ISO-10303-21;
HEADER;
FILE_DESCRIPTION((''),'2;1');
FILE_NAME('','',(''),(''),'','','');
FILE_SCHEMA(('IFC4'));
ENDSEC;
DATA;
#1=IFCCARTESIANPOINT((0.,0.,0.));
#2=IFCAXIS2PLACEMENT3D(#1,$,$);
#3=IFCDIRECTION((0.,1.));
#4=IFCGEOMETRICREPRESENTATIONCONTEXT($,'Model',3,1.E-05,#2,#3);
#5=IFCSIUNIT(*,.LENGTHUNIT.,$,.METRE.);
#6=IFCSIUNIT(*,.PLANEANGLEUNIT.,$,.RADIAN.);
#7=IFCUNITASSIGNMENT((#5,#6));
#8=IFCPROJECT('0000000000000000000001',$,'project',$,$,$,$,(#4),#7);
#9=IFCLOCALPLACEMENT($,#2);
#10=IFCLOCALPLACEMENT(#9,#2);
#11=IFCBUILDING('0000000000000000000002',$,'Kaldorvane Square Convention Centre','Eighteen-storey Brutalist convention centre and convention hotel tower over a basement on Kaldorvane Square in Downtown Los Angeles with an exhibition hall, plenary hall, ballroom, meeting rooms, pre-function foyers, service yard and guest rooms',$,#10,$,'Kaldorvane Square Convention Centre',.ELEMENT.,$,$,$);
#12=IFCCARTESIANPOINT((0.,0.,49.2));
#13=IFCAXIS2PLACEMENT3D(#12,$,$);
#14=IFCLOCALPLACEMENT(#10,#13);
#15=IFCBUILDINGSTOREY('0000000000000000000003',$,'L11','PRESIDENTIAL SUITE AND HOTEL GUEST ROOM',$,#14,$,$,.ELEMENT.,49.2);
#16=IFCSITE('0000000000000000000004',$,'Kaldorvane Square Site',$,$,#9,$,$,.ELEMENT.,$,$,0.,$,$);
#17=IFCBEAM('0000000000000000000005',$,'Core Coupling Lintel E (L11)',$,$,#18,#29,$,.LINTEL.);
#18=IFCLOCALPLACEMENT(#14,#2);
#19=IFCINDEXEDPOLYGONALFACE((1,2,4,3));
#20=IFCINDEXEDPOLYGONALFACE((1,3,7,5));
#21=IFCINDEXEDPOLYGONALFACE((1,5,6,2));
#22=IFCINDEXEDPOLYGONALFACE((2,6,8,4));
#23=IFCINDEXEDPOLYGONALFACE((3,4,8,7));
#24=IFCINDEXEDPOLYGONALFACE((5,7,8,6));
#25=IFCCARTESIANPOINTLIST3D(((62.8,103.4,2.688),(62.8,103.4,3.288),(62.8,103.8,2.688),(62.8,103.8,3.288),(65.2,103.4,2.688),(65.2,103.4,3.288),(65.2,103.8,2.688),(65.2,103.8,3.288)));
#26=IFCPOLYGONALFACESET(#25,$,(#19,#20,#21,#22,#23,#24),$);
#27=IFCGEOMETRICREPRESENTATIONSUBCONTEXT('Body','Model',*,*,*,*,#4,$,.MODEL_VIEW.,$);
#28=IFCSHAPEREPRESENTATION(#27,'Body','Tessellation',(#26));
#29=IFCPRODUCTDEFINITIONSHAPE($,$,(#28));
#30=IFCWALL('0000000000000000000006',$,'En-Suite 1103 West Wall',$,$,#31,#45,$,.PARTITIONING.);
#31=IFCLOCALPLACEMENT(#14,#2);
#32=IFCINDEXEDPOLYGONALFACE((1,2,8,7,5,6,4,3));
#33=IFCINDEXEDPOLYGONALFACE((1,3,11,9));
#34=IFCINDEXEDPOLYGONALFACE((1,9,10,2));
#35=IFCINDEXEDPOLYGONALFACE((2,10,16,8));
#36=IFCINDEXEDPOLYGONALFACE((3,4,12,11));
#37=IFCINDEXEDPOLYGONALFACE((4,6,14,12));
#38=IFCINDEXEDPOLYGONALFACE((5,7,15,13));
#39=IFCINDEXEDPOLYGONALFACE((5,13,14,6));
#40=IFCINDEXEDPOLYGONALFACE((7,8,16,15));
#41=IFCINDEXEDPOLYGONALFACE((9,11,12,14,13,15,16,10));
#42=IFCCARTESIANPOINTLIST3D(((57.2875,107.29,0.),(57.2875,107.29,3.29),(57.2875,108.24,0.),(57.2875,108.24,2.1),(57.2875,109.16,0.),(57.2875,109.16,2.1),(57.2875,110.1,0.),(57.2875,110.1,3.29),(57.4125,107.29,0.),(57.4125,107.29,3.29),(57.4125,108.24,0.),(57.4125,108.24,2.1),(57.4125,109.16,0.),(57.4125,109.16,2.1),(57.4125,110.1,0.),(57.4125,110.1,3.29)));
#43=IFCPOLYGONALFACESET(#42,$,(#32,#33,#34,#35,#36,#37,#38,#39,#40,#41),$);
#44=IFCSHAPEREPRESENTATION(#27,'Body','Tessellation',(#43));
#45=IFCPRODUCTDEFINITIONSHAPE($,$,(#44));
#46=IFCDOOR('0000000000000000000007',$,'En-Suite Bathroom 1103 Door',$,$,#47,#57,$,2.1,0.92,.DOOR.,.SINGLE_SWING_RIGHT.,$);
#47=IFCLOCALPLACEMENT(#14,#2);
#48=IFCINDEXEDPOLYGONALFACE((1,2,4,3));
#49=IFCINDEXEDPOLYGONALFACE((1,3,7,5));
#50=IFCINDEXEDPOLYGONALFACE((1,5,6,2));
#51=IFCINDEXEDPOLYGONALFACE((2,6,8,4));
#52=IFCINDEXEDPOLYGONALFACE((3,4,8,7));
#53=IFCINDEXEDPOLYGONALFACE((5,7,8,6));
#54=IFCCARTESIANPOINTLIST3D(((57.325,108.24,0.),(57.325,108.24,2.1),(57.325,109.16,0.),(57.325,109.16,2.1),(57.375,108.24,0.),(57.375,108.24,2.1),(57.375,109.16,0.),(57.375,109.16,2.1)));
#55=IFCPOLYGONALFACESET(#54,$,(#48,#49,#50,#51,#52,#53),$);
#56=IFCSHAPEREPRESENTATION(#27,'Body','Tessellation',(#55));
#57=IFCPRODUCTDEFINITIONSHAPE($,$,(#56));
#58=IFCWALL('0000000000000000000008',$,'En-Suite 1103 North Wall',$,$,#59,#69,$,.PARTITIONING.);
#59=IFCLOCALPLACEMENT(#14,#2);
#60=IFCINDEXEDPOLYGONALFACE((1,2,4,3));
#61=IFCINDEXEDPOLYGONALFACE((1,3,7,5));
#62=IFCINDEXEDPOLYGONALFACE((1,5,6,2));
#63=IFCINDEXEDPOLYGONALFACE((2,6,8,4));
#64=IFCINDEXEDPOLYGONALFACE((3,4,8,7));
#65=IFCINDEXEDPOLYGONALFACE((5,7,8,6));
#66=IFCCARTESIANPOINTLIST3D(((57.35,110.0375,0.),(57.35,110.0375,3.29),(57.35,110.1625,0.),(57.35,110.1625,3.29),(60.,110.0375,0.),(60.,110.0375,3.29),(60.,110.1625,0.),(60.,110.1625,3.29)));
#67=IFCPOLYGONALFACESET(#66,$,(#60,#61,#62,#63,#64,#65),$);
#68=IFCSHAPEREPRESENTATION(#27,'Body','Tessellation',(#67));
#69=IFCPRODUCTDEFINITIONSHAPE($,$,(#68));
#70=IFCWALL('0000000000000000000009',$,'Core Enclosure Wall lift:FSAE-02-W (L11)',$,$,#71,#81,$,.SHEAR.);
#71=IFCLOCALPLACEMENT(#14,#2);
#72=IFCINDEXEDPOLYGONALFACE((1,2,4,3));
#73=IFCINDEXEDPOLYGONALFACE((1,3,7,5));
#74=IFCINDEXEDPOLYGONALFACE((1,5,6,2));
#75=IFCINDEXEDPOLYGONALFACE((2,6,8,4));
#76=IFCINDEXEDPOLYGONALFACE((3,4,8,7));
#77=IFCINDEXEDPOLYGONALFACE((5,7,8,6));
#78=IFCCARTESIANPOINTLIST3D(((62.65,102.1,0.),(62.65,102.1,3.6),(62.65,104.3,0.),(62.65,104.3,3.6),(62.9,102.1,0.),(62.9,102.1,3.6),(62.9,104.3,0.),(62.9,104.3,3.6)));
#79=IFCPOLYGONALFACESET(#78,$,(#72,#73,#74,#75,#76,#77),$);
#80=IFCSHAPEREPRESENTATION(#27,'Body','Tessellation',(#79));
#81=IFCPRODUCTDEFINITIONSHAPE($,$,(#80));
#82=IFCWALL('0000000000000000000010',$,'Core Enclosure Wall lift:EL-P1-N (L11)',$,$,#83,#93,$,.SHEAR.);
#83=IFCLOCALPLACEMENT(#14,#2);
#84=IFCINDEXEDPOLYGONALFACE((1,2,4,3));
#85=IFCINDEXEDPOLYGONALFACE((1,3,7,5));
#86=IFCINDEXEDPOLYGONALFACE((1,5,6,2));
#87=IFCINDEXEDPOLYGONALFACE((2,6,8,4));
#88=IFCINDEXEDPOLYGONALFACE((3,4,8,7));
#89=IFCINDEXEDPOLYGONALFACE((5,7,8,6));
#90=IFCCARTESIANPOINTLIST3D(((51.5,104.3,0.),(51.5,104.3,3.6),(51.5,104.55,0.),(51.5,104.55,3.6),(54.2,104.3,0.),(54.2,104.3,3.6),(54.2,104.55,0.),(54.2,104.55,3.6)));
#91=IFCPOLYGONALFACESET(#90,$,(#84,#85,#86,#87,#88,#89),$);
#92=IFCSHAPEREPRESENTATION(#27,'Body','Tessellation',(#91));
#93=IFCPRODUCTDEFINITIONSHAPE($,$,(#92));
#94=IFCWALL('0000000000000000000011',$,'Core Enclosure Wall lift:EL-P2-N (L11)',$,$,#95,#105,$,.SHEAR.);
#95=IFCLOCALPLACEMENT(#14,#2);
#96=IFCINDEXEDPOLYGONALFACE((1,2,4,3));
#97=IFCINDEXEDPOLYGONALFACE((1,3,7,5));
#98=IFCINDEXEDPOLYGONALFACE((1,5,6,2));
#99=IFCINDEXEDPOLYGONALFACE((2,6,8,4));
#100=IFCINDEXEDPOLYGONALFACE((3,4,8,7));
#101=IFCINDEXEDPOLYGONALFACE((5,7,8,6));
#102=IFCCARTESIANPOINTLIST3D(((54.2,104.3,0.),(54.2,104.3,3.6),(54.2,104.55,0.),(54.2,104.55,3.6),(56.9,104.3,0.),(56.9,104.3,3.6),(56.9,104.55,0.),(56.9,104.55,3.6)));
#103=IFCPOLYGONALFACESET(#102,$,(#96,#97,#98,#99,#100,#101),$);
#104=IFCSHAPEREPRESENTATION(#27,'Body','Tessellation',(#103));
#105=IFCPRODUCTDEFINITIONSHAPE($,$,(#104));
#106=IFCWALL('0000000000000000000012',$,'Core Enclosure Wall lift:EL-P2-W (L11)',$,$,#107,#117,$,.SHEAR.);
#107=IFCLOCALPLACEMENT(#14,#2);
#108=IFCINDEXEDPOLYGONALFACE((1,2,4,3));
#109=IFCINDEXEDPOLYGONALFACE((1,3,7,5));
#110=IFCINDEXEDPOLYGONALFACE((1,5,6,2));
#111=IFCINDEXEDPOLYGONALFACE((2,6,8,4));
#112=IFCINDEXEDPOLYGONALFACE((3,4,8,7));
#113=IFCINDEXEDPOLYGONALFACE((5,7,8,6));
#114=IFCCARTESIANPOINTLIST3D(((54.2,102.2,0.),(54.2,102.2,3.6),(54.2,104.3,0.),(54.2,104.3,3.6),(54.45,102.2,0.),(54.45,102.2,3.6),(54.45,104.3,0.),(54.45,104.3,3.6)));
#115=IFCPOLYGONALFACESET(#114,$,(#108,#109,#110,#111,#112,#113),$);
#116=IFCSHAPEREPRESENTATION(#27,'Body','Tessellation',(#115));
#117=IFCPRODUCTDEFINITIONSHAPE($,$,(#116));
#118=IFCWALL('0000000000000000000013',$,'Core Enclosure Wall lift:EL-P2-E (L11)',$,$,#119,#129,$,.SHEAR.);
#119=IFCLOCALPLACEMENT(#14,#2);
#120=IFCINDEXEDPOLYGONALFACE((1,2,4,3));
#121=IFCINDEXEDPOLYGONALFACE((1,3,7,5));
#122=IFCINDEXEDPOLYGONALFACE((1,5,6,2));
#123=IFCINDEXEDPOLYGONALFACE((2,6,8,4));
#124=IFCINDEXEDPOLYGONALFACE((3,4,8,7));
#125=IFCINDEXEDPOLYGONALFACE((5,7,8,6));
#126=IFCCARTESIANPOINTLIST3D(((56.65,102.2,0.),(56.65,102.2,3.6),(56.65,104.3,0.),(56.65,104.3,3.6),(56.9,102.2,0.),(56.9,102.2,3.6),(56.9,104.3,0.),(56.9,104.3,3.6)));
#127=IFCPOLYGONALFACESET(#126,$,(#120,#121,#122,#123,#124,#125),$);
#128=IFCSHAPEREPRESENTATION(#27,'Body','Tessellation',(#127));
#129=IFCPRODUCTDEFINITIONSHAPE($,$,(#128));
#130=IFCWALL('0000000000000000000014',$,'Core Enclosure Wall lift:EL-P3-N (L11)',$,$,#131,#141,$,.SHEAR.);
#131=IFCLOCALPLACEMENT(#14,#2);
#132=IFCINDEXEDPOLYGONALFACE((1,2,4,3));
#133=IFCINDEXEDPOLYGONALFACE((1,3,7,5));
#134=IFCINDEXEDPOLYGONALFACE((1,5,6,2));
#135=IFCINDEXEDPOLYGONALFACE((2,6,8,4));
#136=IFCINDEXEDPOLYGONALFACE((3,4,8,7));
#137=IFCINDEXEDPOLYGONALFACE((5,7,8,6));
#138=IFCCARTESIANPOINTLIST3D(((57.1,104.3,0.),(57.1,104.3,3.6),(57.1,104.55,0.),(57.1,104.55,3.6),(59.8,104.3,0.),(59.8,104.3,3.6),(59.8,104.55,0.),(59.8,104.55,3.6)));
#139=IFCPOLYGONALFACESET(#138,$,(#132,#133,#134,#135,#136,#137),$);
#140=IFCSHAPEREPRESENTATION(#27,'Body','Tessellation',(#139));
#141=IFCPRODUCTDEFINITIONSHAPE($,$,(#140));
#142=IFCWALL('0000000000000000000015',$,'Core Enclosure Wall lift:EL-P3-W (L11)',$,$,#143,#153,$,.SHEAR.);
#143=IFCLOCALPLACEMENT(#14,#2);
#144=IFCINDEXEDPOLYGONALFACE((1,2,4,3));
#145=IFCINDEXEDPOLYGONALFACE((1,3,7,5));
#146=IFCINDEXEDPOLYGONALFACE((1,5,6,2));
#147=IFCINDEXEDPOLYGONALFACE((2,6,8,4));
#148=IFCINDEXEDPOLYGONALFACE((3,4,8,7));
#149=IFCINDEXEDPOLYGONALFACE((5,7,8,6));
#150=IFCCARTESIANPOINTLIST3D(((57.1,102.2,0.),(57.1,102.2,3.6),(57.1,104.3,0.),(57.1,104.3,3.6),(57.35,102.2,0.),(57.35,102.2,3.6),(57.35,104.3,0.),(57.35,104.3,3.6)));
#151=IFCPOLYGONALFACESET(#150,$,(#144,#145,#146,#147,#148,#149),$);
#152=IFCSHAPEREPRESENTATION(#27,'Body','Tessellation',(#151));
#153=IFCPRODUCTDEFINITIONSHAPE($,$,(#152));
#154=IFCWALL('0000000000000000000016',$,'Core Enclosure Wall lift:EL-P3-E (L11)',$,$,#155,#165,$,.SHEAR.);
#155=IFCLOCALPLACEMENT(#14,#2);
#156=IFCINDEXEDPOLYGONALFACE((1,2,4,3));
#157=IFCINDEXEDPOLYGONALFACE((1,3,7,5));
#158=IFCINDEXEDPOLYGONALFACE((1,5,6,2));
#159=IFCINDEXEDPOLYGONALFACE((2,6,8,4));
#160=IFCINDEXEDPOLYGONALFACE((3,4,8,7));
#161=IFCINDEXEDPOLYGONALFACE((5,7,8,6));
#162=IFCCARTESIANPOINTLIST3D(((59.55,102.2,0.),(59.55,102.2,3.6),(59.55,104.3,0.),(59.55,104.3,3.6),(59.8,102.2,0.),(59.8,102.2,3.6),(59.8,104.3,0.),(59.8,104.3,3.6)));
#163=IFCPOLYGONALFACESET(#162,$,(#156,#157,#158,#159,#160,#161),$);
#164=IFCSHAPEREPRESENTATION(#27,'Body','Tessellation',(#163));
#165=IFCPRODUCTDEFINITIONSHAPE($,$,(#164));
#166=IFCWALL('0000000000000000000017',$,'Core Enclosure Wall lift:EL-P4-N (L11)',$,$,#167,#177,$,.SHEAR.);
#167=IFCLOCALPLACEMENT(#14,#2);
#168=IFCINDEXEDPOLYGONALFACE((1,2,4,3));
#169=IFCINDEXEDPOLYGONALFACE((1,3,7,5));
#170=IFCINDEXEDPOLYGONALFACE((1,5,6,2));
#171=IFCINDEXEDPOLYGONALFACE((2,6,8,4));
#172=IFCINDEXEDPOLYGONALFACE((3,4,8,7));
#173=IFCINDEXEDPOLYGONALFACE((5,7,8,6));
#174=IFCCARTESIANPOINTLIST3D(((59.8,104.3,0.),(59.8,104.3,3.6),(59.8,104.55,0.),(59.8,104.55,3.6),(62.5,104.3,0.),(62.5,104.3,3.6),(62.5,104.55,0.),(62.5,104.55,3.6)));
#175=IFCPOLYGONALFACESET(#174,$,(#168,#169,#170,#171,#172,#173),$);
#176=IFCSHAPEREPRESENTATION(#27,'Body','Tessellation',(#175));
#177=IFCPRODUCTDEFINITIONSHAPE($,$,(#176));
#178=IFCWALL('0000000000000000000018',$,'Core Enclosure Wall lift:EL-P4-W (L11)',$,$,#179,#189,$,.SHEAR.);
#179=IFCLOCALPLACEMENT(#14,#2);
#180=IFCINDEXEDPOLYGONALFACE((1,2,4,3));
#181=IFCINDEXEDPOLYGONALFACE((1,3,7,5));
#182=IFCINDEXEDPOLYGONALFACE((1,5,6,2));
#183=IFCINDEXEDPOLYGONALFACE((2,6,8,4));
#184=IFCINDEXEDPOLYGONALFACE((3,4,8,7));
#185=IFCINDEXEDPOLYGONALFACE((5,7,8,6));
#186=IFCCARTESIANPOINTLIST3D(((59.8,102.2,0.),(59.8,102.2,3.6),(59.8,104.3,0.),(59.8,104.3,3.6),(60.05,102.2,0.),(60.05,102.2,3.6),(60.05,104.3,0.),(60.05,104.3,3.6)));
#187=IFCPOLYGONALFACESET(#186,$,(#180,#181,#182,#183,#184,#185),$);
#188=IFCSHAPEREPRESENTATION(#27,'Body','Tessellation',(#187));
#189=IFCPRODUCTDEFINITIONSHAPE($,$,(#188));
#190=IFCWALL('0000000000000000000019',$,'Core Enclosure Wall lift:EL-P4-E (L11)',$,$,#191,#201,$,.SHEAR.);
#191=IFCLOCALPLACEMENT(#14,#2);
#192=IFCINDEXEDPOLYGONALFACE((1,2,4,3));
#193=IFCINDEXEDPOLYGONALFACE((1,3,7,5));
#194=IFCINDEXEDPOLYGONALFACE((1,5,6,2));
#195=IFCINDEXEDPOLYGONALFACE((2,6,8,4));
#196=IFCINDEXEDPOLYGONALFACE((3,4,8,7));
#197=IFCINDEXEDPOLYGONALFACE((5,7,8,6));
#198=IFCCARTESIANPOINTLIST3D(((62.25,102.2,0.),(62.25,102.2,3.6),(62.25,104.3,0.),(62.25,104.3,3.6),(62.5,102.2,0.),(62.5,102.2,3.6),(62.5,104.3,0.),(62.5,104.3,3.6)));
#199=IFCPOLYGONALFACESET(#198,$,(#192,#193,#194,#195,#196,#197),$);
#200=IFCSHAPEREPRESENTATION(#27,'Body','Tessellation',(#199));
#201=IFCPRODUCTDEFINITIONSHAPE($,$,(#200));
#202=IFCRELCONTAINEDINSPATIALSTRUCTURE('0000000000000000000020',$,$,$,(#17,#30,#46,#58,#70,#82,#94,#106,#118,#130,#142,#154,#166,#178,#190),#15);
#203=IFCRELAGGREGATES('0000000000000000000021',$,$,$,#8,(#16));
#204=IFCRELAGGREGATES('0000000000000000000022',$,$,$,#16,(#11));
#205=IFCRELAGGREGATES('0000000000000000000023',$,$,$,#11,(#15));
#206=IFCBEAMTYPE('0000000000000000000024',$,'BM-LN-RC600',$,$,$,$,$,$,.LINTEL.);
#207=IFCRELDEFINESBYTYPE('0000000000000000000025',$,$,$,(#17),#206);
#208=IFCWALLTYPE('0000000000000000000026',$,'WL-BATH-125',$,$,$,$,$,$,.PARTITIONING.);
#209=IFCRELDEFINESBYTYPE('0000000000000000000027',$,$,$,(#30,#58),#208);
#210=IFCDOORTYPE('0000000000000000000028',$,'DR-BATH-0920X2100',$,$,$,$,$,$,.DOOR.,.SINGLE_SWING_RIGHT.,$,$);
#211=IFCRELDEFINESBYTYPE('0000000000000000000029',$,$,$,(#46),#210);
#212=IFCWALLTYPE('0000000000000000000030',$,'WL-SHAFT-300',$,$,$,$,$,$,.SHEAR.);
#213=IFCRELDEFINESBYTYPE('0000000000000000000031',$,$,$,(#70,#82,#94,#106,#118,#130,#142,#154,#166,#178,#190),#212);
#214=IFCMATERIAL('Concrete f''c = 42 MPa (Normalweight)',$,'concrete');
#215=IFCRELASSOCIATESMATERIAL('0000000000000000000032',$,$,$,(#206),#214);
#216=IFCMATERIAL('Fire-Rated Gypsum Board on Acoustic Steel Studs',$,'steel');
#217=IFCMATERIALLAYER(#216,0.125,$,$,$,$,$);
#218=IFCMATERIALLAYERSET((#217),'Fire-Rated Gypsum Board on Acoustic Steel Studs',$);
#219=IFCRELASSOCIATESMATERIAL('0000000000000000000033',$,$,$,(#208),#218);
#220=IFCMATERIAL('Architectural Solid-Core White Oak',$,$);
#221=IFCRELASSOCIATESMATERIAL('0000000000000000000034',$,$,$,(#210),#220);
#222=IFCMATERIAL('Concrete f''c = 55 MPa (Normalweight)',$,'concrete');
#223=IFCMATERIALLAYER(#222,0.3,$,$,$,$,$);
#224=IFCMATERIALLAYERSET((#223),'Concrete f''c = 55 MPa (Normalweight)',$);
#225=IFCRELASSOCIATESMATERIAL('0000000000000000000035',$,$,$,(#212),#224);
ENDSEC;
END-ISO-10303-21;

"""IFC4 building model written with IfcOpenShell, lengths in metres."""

from ifc_helpers import new_model, si_unit, direction, frame, frame_2d, origin, origin_2d, place, context, subcontext, project, spatial, rectangle, extrude, material, layer, layer_set, material_profile, profile_set, type_object, element, fill, save


model = new_model("IFC4")

# Units and contexts
model_context = context("Model", 3, precision=1e-05, world=origin(), true_north=direction((0.0, 1.0)))
body_context = subcontext(model_context, "Body", "Model", "MODEL_VIEW")
ifc_project = project(units=[si_unit("LENGTHUNIT", "METRE"), si_unit("PLANEANGLEUNIT", "RADIAN")], contexts=[model_context])

# Site, building, storey
site_placement = place(None, origin())
site = spatial("IfcSite", under=ifc_project, at=site_placement, Name="Kaldorvane Square Site", CompositionType="ELEMENT", RefElevation=0.0)
building_placement = place(site_placement, origin())
building = spatial("IfcBuilding", under=site, at=building_placement, Name="Kaldorvane Square Convention Centre", Description="Eighteen-storey Brutalist convention centre and convention hotel tower over a basement on Kaldorvane Square in Downtown Los Angeles with an exhibition hall, plenary hall, ballroom, meeting rooms, pre-function foyers, service yard and guest rooms", LongName="Kaldorvane Square Convention Centre", CompositionType="ELEMENT")
storey_placement = place(building_placement, frame((0.0, 0.0, 49.2)))
storey = spatial("IfcBuildingStorey", under=building, at=storey_placement, Name="L11", Description="PRESIDENTIAL SUITE AND HOTEL GUEST ROOM", CompositionType="ELEMENT", Elevation=49.2)

# Beam
ifc_material_1 = material(Name="Concrete f'c = 42 MPa (Normalweight)", Category="concrete")
ifc_material_profile = material_profile(ifc_material_1, rectangle(XDim=0.4, YDim=0.6, at=origin_2d()), Name="RCLN600X400")
ifc_profile_set = profile_set([ifc_material_profile], Name="Concrete f'c = 42 MPa (Normalweight)")
beam_type = type_object("IfcBeamType", Name="BM-LN-RC600", PredefinedType="LINTEL", material=ifc_profile_set)
beam_placement = place(storey_placement, frame((62.8, 103.6, 2.988), z_axis=(1.0, 0.0, 0.0), x_axis=(0.0, 1.0, 0.0)))
element("IfcBeam", 1, at=beam_placement, inside=storey, type_object=beam_type, Name="Core Coupling Lintel E (L11)", PredefinedType="LINTEL", context=body_context, shape_type="SweptSolid", body=[
    extrude(rectangle(XDim=0.4, YDim=0.6, at=origin_2d()), origin(), (0.0, 0.0, 1.0), 2.4),
])

# Wall, opening, door
ifc_material_2 = material(Name="Fire-Rated Gypsum Board on Acoustic Steel Studs", Category="steel")
ifc_layer_1 = layer(ifc_material_2, 0.125)
ifc_layer_set_1 = layer_set([ifc_layer_1], Name="Fire-Rated Gypsum Board on Acoustic Steel Studs")
wall_type_1 = type_object("IfcWallType", Name="WL-BATH-125", PredefinedType="PARTITIONING", material=ifc_layer_set_1)
wall_1_placement = place(storey_placement, frame((57.35, 107.29, 0.0), z_axis=(0.0, 0.0, 1.0), x_axis=(0.0, 1.0, 0.0)))
wall_1 = element("IfcWall", 2, at=wall_1_placement, inside=storey, type_object=wall_type_1, Name="En-Suite 1103 West Wall", PredefinedType="PARTITIONING", context=body_context, shape_type="SweptSolid", body=[
    extrude(rectangle(XDim=2.81, YDim=0.125, at=frame_2d((1.405, 0.0))), origin(), (0.0, 0.0, 1.0), 3.29),
])
opening_1_placement = place(wall_1_placement, frame((0.95, 0.0, 0.0)))
opening_1 = element("IfcOpeningElement", 3, at=opening_1_placement, cuts=wall_1, PredefinedType="OPENING", context=body_context, shape_type="SweptSolid", body=[
    extrude(rectangle(XDim=0.92, YDim=2.1, at=frame_2d((0.46, 1.05))), frame((0.0, 0.0775, 0.0), z_axis=(0.0, -1.0, 0.0), x_axis=(1.0, 0.0, 0.0)), (0.0, 0.0, 1.0), 0.155),
])
ifc_material_3 = material(Name="Architectural Solid-Core White Oak")
door_type_1 = type_object("IfcDoorType", Name="DR-BATH-0920X2100", OperationType="SINGLE_SWING_RIGHT", PredefinedType="DOOR", material=ifc_material_3)
door_1_placement = place(opening_1_placement, origin())
door_1 = element("IfcDoor", 4, at=door_1_placement, inside=storey, type_object=door_type_1, Name="En-Suite Bathroom 1103 Door", OperationType="SINGLE_SWING_RIGHT", OverallHeight=2.1, OverallWidth=0.92, PredefinedType="DOOR", context=body_context, shape_type="SweptSolid", body=[
    extrude(rectangle(XDim=0.92, YDim=2.1, at=frame_2d((0.46, 1.05))), frame((0.0, 0.025, 0.0), z_axis=(0.0, -1.0, 0.0), x_axis=(1.0, 0.0, 0.0)), (0.0, 0.0, 1.0), 0.05),
])
fill(opening_1, door_1)

# Walls
wall_2_placement = place(storey_placement, frame((57.35, 110.1, 0.0), z_axis=(0.0, 0.0, 1.0), x_axis=(1.0, 0.0, 0.0)))
element("IfcWall", 5, at=wall_2_placement, inside=storey, type_object=wall_type_1, Name="En-Suite 1103 North Wall", PredefinedType="PARTITIONING", context=body_context, shape_type="SweptSolid", body=[
    extrude(rectangle(XDim=2.65, YDim=0.125, at=frame_2d((1.325, 0.0))), origin(), (0.0, 0.0, 1.0), 3.29),
])
ifc_material_4 = material(Name="Concrete f'c = 55 MPa (Normalweight)", Category="concrete")
ifc_layer_2 = layer(ifc_material_4, 0.3)
ifc_layer_set_2 = layer_set([ifc_layer_2], Name="Concrete f'c = 55 MPa (Normalweight)")
wall_type_2 = type_object("IfcWallType", Name="WL-SHAFT-300", PredefinedType="SHEAR", material=ifc_layer_set_2)
wall_3_placement = place(storey_placement, frame((62.775, 104.3, 0.0), z_axis=(0.0, 0.0, 1.0), x_axis=(0.0, -1.0, 0.0)))
element("IfcWall", 6, at=wall_3_placement, inside=storey, type_object=wall_type_2, Name="Core Enclosure Wall lift:FSAE-02-W (L11)", PredefinedType="SHEAR", context=body_context, shape_type="SweptSolid", body=[
    extrude(rectangle(XDim=2.2, YDim=0.25, at=frame_2d((1.1, 0.0))), origin(), (0.0, 0.0, 1.0), 3.6),
])
for number, where, z_axis, x_axis, name in (
    (7, (54.2, 104.425, 0.0), (0.0, 0.0, 1.0), (-1.0, 0.0, 0.0), "Core Enclosure Wall lift:EL-P1-N (L11)"),
    (8, (56.9, 104.425, 0.0), (0.0, 0.0, 1.0), (-1.0, 0.0, 0.0), "Core Enclosure Wall lift:EL-P2-N (L11)"),
):
    element("IfcWall", number, at=place(storey_placement, frame(where, z_axis=z_axis, x_axis=x_axis)), inside=storey, type_object=wall_type_2, Name=name, PredefinedType="SHEAR", context=body_context, shape_type="SweptSolid", body=[
        extrude(rectangle(XDim=2.7, YDim=0.25, at=frame_2d((1.35, 0.0))), origin(), (0.0, 0.0, 1.0), 3.6),
    ])
for number, where, z_axis, x_axis, name in (
    (9, (54.325, 104.3, 0.0), (0.0, 0.0, 1.0), (0.0, -1.0, 0.0), "Core Enclosure Wall lift:EL-P2-W (L11)"),
    (10, (56.775, 102.2, 0.0), (0.0, 0.0, 1.0), (0.0, 1.0, 0.0), "Core Enclosure Wall lift:EL-P2-E (L11)"),
):
    element("IfcWall", number, at=place(storey_placement, frame(where, z_axis=z_axis, x_axis=x_axis)), inside=storey, type_object=wall_type_2, Name=name, PredefinedType="SHEAR", context=body_context, shape_type="SweptSolid", body=[
        extrude(rectangle(XDim=2.1, YDim=0.25, at=frame_2d((1.05, 0.0))), origin(), (0.0, 0.0, 1.0), 3.6),
    ])

# Walls
wall_4_placement = place(storey_placement, frame((59.8, 104.425, 0.0), z_axis=(0.0, 0.0, 1.0), x_axis=(-1.0, 0.0, 0.0)))
element("IfcWall", 11, at=wall_4_placement, inside=storey, type_object=wall_type_2, Name="Core Enclosure Wall lift:EL-P3-N (L11)", PredefinedType="SHEAR", context=body_context, shape_type="SweptSolid", body=[
    extrude(rectangle(XDim=2.7, YDim=0.25, at=frame_2d((1.35, 0.0))), origin(), (0.0, 0.0, 1.0), 3.6),
])
for number, where, z_axis, x_axis, name in (
    (12, (57.225, 104.3, 0.0), (0.0, 0.0, 1.0), (0.0, -1.0, 0.0), "Core Enclosure Wall lift:EL-P3-W (L11)"),
    (13, (59.675, 102.2, 0.0), (0.0, 0.0, 1.0), (0.0, 1.0, 0.0), "Core Enclosure Wall lift:EL-P3-E (L11)"),
):
    element("IfcWall", number, at=place(storey_placement, frame(where, z_axis=z_axis, x_axis=x_axis)), inside=storey, type_object=wall_type_2, Name=name, PredefinedType="SHEAR", context=body_context, shape_type="SweptSolid", body=[
        extrude(rectangle(XDim=2.1, YDim=0.25, at=frame_2d((1.05, 0.0))), origin(), (0.0, 0.0, 1.0), 3.6),
    ])

# Walls
wall_5_placement = place(storey_placement, frame((62.5, 104.425, 0.0), z_axis=(0.0, 0.0, 1.0), x_axis=(-1.0, 0.0, 0.0)))
element("IfcWall", 14, at=wall_5_placement, inside=storey, type_object=wall_type_2, Name="Core Enclosure Wall lift:EL-P4-N (L11)", PredefinedType="SHEAR", context=body_context, shape_type="SweptSolid", body=[
    extrude(rectangle(XDim=2.7, YDim=0.25, at=frame_2d((1.35, 0.0))), origin(), (0.0, 0.0, 1.0), 3.6),
])
for number, where, z_axis, x_axis, name in (
    (15, (59.925, 104.3, 0.0), (0.0, 0.0, 1.0), (0.0, -1.0, 0.0), "Core Enclosure Wall lift:EL-P4-W (L11)"),
    (16, (62.375, 102.2, 0.0), (0.0, 0.0, 1.0), (0.0, 1.0, 0.0), "Core Enclosure Wall lift:EL-P4-E (L11)"),
):
    element("IfcWall", number, at=place(storey_placement, frame(where, z_axis=z_axis, x_axis=x_axis)), inside=storey, type_object=wall_type_2, Name=name, PredefinedType="SHEAR", context=body_context, shape_type="SweptSolid", body=[
        extrude(rectangle(XDim=2.1, YDim=0.25, at=frame_2d((1.05, 0.0))), origin(), (0.0, 0.0, 1.0), 3.6),
    ])

save(model, "model.ifc")
